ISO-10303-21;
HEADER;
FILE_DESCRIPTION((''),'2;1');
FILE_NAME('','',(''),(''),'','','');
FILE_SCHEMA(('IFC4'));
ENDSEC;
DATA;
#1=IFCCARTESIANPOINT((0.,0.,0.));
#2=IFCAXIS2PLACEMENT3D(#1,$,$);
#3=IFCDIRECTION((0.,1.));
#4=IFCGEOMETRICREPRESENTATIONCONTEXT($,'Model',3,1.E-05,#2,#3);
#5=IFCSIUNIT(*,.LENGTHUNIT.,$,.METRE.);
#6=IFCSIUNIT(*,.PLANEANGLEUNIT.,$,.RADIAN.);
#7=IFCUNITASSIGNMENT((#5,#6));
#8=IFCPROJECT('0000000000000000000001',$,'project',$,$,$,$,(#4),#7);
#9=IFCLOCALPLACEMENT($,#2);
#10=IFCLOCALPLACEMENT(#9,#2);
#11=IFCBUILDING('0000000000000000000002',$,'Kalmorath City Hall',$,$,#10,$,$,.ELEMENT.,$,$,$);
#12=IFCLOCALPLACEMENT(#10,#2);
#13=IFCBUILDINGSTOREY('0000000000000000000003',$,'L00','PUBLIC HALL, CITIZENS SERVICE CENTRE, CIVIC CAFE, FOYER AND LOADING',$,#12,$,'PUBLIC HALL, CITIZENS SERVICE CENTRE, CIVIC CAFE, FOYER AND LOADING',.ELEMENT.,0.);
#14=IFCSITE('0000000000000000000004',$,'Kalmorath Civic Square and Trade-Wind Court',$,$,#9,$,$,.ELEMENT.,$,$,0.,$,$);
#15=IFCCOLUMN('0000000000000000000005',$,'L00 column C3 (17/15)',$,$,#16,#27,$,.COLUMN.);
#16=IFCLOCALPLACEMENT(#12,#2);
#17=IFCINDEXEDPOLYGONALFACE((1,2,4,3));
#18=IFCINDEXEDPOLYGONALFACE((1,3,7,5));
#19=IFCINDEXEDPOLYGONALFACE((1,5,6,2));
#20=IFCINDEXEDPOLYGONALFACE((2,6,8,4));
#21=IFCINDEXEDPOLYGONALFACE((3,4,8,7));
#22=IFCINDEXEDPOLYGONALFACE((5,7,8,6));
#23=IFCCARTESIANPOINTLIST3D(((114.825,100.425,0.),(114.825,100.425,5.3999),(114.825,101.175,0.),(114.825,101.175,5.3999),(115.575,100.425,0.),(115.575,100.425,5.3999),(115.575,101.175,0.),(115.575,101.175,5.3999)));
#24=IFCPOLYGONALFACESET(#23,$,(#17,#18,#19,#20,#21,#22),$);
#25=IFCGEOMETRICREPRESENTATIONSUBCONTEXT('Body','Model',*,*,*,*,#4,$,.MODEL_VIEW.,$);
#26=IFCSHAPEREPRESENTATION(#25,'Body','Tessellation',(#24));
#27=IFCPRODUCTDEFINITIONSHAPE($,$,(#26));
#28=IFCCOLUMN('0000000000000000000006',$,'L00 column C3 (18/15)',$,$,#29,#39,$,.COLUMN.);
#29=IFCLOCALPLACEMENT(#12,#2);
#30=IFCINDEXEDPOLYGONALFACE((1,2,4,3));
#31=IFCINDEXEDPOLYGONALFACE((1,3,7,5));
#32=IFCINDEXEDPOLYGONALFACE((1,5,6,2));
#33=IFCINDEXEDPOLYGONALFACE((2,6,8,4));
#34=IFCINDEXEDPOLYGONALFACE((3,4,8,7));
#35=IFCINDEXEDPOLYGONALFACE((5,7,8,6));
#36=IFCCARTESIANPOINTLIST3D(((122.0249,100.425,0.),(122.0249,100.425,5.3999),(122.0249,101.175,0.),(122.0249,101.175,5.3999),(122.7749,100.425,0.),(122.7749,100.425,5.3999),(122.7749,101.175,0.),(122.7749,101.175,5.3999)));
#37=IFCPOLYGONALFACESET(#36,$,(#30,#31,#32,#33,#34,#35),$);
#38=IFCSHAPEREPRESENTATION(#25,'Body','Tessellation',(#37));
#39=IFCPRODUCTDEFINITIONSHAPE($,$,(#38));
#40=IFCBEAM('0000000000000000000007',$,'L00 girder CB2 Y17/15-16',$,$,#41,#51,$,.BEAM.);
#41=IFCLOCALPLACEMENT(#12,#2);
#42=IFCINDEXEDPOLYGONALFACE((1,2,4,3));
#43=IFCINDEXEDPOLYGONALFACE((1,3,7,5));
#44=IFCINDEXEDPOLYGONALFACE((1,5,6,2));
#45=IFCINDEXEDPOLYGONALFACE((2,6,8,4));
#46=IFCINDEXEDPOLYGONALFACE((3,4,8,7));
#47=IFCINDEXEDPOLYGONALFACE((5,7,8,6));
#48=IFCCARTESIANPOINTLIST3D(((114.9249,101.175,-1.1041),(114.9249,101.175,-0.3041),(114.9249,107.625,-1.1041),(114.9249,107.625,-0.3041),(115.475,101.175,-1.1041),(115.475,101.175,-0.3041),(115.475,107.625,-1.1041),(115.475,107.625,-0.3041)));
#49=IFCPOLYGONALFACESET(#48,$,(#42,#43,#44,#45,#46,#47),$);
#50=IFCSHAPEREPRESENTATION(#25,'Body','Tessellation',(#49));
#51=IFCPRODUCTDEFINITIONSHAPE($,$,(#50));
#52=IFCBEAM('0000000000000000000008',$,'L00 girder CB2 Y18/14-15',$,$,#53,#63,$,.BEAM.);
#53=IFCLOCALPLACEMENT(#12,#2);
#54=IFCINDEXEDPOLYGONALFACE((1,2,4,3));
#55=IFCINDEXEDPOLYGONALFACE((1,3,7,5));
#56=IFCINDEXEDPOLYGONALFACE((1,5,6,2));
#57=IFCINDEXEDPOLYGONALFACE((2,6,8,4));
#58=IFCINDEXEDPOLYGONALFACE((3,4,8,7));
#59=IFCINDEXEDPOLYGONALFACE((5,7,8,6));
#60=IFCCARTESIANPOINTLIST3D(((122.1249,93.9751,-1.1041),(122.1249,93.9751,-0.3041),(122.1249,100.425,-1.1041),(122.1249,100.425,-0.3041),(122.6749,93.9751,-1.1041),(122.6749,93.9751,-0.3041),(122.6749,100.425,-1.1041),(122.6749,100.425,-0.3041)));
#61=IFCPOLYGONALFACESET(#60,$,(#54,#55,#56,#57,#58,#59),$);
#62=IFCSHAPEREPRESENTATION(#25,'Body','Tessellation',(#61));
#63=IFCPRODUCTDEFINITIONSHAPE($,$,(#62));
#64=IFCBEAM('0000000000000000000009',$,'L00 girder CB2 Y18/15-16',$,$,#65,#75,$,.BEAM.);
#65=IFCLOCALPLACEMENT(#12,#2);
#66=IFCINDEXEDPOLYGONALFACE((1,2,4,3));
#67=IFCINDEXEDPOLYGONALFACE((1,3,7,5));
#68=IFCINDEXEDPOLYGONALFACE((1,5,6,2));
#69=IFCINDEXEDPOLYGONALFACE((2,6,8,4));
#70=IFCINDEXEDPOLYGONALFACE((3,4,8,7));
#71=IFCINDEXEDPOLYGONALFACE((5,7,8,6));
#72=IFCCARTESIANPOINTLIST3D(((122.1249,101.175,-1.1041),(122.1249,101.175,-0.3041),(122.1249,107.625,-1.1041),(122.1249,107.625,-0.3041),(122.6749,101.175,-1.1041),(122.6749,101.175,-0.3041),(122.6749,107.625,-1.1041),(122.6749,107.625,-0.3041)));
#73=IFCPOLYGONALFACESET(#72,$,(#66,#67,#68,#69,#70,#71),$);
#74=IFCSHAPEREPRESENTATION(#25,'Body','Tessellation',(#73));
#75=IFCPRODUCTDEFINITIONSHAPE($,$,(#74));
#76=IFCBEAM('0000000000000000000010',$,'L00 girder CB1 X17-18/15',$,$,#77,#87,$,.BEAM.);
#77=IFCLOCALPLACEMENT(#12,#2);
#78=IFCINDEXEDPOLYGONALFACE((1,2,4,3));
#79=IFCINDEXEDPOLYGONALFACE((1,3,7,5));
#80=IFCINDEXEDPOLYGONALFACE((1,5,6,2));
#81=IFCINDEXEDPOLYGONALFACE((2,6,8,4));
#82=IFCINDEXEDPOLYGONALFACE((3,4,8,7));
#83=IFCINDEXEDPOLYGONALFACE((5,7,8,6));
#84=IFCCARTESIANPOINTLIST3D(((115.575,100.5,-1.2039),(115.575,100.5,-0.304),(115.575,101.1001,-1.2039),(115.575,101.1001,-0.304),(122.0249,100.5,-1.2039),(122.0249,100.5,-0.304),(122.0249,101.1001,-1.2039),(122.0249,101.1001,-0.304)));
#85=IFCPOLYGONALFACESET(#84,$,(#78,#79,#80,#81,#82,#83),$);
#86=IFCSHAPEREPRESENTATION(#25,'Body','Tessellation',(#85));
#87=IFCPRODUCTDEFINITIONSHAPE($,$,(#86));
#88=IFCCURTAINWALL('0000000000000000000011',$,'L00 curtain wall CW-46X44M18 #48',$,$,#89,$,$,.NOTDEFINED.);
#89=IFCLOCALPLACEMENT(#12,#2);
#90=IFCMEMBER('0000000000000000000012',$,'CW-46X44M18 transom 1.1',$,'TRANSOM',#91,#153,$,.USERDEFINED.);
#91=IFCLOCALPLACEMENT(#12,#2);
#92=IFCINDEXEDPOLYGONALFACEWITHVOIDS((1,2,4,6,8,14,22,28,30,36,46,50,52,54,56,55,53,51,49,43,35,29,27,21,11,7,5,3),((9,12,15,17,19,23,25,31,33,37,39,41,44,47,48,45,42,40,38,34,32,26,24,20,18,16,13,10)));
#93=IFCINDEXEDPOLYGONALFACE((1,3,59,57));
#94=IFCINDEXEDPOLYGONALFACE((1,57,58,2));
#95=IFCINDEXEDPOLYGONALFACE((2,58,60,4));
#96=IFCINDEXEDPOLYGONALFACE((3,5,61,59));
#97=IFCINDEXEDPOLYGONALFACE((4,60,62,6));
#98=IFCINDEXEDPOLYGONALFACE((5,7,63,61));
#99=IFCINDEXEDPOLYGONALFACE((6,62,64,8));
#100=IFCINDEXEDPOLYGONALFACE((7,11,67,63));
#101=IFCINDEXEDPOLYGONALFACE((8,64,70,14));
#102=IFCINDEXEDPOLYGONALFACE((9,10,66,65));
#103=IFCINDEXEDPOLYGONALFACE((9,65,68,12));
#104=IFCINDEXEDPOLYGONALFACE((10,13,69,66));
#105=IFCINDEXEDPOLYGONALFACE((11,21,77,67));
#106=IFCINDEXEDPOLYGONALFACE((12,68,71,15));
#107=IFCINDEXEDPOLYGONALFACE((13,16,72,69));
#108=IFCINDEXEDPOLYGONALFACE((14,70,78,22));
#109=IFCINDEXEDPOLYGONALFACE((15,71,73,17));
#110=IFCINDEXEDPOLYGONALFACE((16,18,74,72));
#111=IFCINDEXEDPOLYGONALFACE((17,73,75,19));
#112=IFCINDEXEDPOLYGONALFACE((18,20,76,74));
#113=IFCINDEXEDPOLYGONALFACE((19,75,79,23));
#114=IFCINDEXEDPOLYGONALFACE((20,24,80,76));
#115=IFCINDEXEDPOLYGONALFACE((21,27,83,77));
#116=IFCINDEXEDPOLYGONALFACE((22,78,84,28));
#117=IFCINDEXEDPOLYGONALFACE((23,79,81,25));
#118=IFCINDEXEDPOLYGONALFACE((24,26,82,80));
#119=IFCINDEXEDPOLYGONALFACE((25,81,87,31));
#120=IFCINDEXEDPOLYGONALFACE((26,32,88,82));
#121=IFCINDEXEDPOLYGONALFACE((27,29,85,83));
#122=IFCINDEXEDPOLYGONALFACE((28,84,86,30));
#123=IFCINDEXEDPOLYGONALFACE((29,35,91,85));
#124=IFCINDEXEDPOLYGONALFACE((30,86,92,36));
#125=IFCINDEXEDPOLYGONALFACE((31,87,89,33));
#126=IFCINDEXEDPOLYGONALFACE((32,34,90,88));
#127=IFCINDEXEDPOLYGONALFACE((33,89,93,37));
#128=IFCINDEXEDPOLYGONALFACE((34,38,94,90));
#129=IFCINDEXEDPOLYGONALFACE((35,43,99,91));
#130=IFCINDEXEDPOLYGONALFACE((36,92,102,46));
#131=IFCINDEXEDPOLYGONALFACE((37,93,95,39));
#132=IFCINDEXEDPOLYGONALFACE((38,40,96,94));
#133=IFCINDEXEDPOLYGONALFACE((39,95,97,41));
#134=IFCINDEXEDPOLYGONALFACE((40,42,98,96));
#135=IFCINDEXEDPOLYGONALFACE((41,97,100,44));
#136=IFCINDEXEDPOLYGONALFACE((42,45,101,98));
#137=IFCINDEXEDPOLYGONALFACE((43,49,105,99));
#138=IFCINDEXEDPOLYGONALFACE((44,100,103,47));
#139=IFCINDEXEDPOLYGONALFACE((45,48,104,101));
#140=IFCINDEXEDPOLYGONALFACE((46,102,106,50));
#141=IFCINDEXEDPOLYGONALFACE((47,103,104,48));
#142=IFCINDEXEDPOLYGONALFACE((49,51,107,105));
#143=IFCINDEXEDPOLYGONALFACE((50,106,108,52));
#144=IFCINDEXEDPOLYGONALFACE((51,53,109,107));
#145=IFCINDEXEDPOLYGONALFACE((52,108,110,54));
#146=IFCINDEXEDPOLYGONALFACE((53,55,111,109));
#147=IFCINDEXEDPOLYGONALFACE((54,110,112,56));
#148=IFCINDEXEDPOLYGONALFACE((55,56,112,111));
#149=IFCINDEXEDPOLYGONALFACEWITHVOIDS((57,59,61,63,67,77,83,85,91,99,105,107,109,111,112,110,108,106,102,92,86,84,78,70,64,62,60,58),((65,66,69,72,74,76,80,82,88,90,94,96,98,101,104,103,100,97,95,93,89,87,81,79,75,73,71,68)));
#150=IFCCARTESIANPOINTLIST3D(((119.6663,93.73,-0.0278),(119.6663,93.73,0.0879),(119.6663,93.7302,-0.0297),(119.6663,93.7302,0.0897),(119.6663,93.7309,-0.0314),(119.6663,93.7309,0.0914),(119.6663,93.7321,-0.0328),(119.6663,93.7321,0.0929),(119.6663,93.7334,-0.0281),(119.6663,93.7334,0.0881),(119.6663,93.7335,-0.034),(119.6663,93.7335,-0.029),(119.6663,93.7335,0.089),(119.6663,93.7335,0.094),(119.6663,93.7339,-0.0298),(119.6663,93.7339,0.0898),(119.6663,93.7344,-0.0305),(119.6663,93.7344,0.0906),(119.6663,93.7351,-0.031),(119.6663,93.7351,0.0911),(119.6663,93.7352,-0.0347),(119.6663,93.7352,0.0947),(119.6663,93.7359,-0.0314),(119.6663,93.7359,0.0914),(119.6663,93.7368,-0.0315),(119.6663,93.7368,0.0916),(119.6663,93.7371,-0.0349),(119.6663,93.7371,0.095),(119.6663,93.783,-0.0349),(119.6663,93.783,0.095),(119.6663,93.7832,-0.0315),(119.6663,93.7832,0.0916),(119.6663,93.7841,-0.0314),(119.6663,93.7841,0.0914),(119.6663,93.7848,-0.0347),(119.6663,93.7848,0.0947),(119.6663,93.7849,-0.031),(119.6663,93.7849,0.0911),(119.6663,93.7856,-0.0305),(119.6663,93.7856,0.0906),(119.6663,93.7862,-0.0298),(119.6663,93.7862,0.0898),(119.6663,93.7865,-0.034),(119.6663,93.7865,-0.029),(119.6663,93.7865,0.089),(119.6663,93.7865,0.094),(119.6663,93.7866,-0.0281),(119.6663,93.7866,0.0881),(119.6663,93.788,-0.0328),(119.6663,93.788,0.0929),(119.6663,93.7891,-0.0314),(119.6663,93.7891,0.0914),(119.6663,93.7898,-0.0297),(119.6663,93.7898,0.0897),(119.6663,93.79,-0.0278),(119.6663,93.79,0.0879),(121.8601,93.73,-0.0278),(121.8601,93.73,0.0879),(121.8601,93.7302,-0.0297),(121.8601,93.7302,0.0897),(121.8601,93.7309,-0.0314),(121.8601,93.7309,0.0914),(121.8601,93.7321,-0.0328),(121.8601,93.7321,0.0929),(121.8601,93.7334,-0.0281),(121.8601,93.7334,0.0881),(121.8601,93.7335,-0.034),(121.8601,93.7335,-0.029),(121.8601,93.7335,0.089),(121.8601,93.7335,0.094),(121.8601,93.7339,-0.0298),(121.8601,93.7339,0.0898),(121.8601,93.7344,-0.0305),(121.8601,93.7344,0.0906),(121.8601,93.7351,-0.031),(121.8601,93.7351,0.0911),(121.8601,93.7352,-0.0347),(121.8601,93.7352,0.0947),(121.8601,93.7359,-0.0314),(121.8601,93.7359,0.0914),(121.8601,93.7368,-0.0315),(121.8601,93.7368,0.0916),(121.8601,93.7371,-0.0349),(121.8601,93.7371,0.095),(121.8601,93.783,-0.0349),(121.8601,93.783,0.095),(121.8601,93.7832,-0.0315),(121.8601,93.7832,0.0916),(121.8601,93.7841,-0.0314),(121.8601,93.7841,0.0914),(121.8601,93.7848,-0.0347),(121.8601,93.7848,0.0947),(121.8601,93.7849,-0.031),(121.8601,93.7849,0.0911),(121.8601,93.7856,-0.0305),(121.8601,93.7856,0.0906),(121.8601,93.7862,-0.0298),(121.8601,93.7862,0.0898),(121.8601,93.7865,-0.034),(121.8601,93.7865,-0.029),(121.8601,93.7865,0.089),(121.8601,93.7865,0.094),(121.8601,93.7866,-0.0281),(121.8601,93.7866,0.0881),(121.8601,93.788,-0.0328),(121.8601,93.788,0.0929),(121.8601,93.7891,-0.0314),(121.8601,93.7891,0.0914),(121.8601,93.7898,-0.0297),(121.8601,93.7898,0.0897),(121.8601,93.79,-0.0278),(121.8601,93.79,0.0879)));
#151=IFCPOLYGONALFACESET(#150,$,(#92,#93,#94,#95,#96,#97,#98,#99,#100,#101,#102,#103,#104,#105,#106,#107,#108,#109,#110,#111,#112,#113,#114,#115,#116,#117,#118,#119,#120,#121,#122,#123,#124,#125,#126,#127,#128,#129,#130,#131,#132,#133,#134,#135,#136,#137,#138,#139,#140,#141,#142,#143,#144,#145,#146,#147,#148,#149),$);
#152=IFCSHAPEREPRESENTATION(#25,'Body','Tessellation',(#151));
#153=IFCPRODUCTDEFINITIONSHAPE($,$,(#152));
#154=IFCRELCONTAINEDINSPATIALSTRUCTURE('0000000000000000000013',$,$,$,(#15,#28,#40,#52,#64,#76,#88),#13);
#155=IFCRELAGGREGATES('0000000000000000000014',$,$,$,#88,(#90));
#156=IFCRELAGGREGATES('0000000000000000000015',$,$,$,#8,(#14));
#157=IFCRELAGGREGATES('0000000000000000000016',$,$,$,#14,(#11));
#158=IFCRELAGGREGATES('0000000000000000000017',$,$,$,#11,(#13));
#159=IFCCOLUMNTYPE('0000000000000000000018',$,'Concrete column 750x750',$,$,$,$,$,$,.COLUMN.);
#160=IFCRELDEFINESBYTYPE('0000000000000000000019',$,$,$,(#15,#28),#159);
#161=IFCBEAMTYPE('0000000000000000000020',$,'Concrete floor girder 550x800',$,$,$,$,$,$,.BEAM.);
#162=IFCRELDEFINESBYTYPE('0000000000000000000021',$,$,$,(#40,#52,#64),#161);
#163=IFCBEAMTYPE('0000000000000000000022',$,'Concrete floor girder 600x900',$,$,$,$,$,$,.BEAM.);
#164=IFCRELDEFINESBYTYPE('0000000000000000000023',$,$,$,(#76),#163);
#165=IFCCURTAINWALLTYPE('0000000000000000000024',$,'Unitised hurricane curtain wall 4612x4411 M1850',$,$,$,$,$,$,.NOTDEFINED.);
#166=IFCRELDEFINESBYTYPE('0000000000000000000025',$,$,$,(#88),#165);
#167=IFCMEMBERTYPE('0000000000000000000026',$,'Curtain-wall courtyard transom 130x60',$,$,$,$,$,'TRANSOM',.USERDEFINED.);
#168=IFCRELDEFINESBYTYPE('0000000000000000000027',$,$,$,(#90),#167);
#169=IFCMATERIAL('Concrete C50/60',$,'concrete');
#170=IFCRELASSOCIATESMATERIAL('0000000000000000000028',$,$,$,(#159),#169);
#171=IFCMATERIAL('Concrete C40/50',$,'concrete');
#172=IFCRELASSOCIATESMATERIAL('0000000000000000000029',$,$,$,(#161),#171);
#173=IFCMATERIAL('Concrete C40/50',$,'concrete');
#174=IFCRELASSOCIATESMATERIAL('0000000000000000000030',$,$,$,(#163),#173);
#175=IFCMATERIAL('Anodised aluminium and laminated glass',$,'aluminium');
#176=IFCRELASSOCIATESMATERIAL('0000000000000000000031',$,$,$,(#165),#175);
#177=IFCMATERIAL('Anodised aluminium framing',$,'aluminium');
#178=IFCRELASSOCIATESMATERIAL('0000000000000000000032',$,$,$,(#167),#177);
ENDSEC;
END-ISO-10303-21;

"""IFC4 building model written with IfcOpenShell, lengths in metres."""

from ifc_helpers import new_model, si_unit, direction, frame, origin, origin_2d, place, context, subcontext, project, spatial, rectangle, hollow_rectangle, extrude, material, material_profile, profile_set, type_object, element, aggregate, save


model = new_model("IFC4")

# Units and contexts
model_context = context("Model", 3, precision=1e-05, world=origin(), true_north=direction((0.0, 1.0)))
body_context = subcontext(model_context, "Body", "Model", "MODEL_VIEW")
ifc_project = project(units=[si_unit("LENGTHUNIT", "METRE"), si_unit("PLANEANGLEUNIT", "RADIAN")], contexts=[model_context])

# Site, building, storey
site_placement = place(None, origin())
site = spatial("IfcSite", under=ifc_project, at=site_placement, Name="Kalmorath Civic Square and Trade-Wind Court", CompositionType="ELEMENT", RefElevation=0.0)
building_placement = place(site_placement, origin())
building = spatial("IfcBuilding", under=site, at=building_placement, Name="Kalmorath City Hall", CompositionType="ELEMENT")
storey_placement = place(building_placement, origin())
storey = spatial("IfcBuildingStorey", under=building, at=storey_placement, Name="L00", Description="PUBLIC HALL, CITIZENS SERVICE CENTRE, CIVIC CAFE, FOYER AND LOADING", LongName="PUBLIC HALL, CITIZENS SERVICE CENTRE, CIVIC CAFE, FOYER AND LOADING", CompositionType="ELEMENT", Elevation=0.0)

# Columns
ifc_material_1 = material(Name="Concrete C50/60", Category="concrete")
ifc_material_profile_1 = material_profile(ifc_material_1, rectangle(XDim=0.75, YDim=0.75, at=origin_2d()), Name="RC-COL-750X750")
ifc_profile_set_1 = profile_set([ifc_material_profile_1], Name="Concrete C50/60")
column_type = type_object("IfcColumnType", Name="Concrete column 750x750", PredefinedType="COLUMN", material=ifc_profile_set_1)
for number, where, z_axis, x_axis, name in (
    (1, (115.2, 100.8, 0.0), (0.0, 0.0, 1.0), (1.0, 0.0, 0.0), "L00 column C3 (17/15)"),
    (2, (122.3999, 100.8, 0.0), (0.0, 0.0, 1.0), (1.0, 0.0, 0.0), "L00 column C3 (18/15)"),
):
    element("IfcColumn", number, at=place(storey_placement, frame(where, z_axis=z_axis, x_axis=x_axis)), inside=storey, type_object=column_type, Name=name, PredefinedType="COLUMN", context=body_context, shape_type="SweptSolid", body=[
        extrude(rectangle(XDim=0.75, YDim=0.75, at=origin_2d()), origin(), (0.0, 0.0, 1.0), 5.3999),
    ])

# Beams
ifc_material_2 = material(Name="Concrete C40/50", Category="concrete")
ifc_material_profile_2 = material_profile(ifc_material_2, rectangle(XDim=0.55, YDim=0.8, at=origin_2d()), Name="RC-BM-550X800")
ifc_profile_set_2 = profile_set([ifc_material_profile_2], Name="Concrete C40/50")
beam_type_1 = type_object("IfcBeamType", Name="Concrete floor girder 550x800", PredefinedType="BEAM", material=ifc_profile_set_2)
for number, where, z_axis, x_axis, name in (
    (3, (115.2, 101.175, -0.7041), (0.0, 1.0, 0.0), (-1.0, 0.0, 0.0), "L00 girder CB2 Y17/15-16"),
    (4, (122.3999, 93.9751, -0.7041), (0.0, 1.0, 0.0), (-1.0, 0.0, 0.0), "L00 girder CB2 Y18/14-15"),
    (5, (122.3999, 101.175, -0.7041), (0.0, 1.0, 0.0), (-1.0, 0.0, 0.0), "L00 girder CB2 Y18/15-16"),
):
    element("IfcBeam", number, at=place(storey_placement, frame(where, z_axis=z_axis, x_axis=x_axis)), inside=storey, type_object=beam_type_1, Name=name, PredefinedType="BEAM", context=body_context, shape_type="SweptSolid", body=[
        extrude(rectangle(XDim=0.55, YDim=0.8, at=origin_2d()), origin(), (0.0, 0.0, 1.0), 6.45),
    ])
ifc_material_3 = material(Name="Concrete C40/50", Category="concrete")
ifc_material_profile_3 = material_profile(ifc_material_3, rectangle(XDim=0.6001, YDim=0.8999, at=origin_2d()), Name="RC-BM-600X900")
ifc_profile_set_3 = profile_set([ifc_material_profile_3], Name="Concrete C40/50")
beam_type_2 = type_object("IfcBeamType", Name="Concrete floor girder 600x900", PredefinedType="BEAM", material=ifc_profile_set_3)
beam_1_placement = place(storey_placement, frame((115.575, 100.8, -0.7539), z_axis=(1.0, 0.0, 0.0), x_axis=(0.0, 1.0, 0.0)))
element("IfcBeam", 6, at=beam_1_placement, inside=storey, type_object=beam_type_2, Name="L00 girder CB1 X17-18/15", PredefinedType="BEAM", context=body_context, shape_type="SweptSolid", body=[
    extrude(rectangle(XDim=0.6001, YDim=0.8999, at=origin_2d()), origin(), (0.0, 0.0, 1.0), 6.45),
])

# Curtain wall, member
ifc_material_4 = material(Name="Anodised aluminium and laminated glass", Category="aluminium")
curtain_wall_type = type_object("IfcCurtainWallType", Name="Unitised hurricane curtain wall 4612x4411 M1850", PredefinedType="NOTDEFINED", material=ifc_material_4)
curtain_wall_placement = place(storey_placement, origin())
curtain_wall = element("IfcCurtainWall", 7, at=curtain_wall_placement, inside=storey, type_object=curtain_wall_type, Name="L00 curtain wall CW-46X44M18 #48", PredefinedType="NOTDEFINED")
ifc_material_5 = material(Name="Anodised aluminium framing", Category="aluminium")
ifc_material_profile_4 = material_profile(ifc_material_5, hollow_rectangle(XDim=0.0601, YDim=0.1299, WallThickness=0.0034, InnerFilletRadius=0.0034, OuterFilletRadius=0.0071, at=origin_2d()), Name="ALU-TRN-130X60X3.5")
ifc_profile_set_4 = profile_set([ifc_material_profile_4], Name="Anodised aluminium framing")
member_type_1 = type_object("IfcMemberType", Name="Curtain-wall courtyard transom 130x60", ElementType="TRANSOM", PredefinedType="USERDEFINED", material=ifc_profile_set_4)
member_1_placement = place(storey_placement, frame((121.8601, 93.76, 0.03), z_axis=(-1.0, 0.0, 0.0), x_axis=(0.0, -1.0, 0.0)))
member_1 = element("IfcMember", 8, at=member_1_placement, type_object=member_type_1, Name="CW-46X44M18 transom 1.1", ObjectType="TRANSOM", PredefinedType="USERDEFINED", context=body_context, shape_type="SweptSolid", body=[
    extrude(hollow_rectangle(XDim=0.0601, YDim=0.1299, WallThickness=0.0034, InnerFilletRadius=0.0034, OuterFilletRadius=0.0071, at=origin_2d()), origin(), (0.0, 0.0, 1.0), 2.1938),
])

aggregate(curtain_wall, [member_1])

save(model, "model.ifc")
